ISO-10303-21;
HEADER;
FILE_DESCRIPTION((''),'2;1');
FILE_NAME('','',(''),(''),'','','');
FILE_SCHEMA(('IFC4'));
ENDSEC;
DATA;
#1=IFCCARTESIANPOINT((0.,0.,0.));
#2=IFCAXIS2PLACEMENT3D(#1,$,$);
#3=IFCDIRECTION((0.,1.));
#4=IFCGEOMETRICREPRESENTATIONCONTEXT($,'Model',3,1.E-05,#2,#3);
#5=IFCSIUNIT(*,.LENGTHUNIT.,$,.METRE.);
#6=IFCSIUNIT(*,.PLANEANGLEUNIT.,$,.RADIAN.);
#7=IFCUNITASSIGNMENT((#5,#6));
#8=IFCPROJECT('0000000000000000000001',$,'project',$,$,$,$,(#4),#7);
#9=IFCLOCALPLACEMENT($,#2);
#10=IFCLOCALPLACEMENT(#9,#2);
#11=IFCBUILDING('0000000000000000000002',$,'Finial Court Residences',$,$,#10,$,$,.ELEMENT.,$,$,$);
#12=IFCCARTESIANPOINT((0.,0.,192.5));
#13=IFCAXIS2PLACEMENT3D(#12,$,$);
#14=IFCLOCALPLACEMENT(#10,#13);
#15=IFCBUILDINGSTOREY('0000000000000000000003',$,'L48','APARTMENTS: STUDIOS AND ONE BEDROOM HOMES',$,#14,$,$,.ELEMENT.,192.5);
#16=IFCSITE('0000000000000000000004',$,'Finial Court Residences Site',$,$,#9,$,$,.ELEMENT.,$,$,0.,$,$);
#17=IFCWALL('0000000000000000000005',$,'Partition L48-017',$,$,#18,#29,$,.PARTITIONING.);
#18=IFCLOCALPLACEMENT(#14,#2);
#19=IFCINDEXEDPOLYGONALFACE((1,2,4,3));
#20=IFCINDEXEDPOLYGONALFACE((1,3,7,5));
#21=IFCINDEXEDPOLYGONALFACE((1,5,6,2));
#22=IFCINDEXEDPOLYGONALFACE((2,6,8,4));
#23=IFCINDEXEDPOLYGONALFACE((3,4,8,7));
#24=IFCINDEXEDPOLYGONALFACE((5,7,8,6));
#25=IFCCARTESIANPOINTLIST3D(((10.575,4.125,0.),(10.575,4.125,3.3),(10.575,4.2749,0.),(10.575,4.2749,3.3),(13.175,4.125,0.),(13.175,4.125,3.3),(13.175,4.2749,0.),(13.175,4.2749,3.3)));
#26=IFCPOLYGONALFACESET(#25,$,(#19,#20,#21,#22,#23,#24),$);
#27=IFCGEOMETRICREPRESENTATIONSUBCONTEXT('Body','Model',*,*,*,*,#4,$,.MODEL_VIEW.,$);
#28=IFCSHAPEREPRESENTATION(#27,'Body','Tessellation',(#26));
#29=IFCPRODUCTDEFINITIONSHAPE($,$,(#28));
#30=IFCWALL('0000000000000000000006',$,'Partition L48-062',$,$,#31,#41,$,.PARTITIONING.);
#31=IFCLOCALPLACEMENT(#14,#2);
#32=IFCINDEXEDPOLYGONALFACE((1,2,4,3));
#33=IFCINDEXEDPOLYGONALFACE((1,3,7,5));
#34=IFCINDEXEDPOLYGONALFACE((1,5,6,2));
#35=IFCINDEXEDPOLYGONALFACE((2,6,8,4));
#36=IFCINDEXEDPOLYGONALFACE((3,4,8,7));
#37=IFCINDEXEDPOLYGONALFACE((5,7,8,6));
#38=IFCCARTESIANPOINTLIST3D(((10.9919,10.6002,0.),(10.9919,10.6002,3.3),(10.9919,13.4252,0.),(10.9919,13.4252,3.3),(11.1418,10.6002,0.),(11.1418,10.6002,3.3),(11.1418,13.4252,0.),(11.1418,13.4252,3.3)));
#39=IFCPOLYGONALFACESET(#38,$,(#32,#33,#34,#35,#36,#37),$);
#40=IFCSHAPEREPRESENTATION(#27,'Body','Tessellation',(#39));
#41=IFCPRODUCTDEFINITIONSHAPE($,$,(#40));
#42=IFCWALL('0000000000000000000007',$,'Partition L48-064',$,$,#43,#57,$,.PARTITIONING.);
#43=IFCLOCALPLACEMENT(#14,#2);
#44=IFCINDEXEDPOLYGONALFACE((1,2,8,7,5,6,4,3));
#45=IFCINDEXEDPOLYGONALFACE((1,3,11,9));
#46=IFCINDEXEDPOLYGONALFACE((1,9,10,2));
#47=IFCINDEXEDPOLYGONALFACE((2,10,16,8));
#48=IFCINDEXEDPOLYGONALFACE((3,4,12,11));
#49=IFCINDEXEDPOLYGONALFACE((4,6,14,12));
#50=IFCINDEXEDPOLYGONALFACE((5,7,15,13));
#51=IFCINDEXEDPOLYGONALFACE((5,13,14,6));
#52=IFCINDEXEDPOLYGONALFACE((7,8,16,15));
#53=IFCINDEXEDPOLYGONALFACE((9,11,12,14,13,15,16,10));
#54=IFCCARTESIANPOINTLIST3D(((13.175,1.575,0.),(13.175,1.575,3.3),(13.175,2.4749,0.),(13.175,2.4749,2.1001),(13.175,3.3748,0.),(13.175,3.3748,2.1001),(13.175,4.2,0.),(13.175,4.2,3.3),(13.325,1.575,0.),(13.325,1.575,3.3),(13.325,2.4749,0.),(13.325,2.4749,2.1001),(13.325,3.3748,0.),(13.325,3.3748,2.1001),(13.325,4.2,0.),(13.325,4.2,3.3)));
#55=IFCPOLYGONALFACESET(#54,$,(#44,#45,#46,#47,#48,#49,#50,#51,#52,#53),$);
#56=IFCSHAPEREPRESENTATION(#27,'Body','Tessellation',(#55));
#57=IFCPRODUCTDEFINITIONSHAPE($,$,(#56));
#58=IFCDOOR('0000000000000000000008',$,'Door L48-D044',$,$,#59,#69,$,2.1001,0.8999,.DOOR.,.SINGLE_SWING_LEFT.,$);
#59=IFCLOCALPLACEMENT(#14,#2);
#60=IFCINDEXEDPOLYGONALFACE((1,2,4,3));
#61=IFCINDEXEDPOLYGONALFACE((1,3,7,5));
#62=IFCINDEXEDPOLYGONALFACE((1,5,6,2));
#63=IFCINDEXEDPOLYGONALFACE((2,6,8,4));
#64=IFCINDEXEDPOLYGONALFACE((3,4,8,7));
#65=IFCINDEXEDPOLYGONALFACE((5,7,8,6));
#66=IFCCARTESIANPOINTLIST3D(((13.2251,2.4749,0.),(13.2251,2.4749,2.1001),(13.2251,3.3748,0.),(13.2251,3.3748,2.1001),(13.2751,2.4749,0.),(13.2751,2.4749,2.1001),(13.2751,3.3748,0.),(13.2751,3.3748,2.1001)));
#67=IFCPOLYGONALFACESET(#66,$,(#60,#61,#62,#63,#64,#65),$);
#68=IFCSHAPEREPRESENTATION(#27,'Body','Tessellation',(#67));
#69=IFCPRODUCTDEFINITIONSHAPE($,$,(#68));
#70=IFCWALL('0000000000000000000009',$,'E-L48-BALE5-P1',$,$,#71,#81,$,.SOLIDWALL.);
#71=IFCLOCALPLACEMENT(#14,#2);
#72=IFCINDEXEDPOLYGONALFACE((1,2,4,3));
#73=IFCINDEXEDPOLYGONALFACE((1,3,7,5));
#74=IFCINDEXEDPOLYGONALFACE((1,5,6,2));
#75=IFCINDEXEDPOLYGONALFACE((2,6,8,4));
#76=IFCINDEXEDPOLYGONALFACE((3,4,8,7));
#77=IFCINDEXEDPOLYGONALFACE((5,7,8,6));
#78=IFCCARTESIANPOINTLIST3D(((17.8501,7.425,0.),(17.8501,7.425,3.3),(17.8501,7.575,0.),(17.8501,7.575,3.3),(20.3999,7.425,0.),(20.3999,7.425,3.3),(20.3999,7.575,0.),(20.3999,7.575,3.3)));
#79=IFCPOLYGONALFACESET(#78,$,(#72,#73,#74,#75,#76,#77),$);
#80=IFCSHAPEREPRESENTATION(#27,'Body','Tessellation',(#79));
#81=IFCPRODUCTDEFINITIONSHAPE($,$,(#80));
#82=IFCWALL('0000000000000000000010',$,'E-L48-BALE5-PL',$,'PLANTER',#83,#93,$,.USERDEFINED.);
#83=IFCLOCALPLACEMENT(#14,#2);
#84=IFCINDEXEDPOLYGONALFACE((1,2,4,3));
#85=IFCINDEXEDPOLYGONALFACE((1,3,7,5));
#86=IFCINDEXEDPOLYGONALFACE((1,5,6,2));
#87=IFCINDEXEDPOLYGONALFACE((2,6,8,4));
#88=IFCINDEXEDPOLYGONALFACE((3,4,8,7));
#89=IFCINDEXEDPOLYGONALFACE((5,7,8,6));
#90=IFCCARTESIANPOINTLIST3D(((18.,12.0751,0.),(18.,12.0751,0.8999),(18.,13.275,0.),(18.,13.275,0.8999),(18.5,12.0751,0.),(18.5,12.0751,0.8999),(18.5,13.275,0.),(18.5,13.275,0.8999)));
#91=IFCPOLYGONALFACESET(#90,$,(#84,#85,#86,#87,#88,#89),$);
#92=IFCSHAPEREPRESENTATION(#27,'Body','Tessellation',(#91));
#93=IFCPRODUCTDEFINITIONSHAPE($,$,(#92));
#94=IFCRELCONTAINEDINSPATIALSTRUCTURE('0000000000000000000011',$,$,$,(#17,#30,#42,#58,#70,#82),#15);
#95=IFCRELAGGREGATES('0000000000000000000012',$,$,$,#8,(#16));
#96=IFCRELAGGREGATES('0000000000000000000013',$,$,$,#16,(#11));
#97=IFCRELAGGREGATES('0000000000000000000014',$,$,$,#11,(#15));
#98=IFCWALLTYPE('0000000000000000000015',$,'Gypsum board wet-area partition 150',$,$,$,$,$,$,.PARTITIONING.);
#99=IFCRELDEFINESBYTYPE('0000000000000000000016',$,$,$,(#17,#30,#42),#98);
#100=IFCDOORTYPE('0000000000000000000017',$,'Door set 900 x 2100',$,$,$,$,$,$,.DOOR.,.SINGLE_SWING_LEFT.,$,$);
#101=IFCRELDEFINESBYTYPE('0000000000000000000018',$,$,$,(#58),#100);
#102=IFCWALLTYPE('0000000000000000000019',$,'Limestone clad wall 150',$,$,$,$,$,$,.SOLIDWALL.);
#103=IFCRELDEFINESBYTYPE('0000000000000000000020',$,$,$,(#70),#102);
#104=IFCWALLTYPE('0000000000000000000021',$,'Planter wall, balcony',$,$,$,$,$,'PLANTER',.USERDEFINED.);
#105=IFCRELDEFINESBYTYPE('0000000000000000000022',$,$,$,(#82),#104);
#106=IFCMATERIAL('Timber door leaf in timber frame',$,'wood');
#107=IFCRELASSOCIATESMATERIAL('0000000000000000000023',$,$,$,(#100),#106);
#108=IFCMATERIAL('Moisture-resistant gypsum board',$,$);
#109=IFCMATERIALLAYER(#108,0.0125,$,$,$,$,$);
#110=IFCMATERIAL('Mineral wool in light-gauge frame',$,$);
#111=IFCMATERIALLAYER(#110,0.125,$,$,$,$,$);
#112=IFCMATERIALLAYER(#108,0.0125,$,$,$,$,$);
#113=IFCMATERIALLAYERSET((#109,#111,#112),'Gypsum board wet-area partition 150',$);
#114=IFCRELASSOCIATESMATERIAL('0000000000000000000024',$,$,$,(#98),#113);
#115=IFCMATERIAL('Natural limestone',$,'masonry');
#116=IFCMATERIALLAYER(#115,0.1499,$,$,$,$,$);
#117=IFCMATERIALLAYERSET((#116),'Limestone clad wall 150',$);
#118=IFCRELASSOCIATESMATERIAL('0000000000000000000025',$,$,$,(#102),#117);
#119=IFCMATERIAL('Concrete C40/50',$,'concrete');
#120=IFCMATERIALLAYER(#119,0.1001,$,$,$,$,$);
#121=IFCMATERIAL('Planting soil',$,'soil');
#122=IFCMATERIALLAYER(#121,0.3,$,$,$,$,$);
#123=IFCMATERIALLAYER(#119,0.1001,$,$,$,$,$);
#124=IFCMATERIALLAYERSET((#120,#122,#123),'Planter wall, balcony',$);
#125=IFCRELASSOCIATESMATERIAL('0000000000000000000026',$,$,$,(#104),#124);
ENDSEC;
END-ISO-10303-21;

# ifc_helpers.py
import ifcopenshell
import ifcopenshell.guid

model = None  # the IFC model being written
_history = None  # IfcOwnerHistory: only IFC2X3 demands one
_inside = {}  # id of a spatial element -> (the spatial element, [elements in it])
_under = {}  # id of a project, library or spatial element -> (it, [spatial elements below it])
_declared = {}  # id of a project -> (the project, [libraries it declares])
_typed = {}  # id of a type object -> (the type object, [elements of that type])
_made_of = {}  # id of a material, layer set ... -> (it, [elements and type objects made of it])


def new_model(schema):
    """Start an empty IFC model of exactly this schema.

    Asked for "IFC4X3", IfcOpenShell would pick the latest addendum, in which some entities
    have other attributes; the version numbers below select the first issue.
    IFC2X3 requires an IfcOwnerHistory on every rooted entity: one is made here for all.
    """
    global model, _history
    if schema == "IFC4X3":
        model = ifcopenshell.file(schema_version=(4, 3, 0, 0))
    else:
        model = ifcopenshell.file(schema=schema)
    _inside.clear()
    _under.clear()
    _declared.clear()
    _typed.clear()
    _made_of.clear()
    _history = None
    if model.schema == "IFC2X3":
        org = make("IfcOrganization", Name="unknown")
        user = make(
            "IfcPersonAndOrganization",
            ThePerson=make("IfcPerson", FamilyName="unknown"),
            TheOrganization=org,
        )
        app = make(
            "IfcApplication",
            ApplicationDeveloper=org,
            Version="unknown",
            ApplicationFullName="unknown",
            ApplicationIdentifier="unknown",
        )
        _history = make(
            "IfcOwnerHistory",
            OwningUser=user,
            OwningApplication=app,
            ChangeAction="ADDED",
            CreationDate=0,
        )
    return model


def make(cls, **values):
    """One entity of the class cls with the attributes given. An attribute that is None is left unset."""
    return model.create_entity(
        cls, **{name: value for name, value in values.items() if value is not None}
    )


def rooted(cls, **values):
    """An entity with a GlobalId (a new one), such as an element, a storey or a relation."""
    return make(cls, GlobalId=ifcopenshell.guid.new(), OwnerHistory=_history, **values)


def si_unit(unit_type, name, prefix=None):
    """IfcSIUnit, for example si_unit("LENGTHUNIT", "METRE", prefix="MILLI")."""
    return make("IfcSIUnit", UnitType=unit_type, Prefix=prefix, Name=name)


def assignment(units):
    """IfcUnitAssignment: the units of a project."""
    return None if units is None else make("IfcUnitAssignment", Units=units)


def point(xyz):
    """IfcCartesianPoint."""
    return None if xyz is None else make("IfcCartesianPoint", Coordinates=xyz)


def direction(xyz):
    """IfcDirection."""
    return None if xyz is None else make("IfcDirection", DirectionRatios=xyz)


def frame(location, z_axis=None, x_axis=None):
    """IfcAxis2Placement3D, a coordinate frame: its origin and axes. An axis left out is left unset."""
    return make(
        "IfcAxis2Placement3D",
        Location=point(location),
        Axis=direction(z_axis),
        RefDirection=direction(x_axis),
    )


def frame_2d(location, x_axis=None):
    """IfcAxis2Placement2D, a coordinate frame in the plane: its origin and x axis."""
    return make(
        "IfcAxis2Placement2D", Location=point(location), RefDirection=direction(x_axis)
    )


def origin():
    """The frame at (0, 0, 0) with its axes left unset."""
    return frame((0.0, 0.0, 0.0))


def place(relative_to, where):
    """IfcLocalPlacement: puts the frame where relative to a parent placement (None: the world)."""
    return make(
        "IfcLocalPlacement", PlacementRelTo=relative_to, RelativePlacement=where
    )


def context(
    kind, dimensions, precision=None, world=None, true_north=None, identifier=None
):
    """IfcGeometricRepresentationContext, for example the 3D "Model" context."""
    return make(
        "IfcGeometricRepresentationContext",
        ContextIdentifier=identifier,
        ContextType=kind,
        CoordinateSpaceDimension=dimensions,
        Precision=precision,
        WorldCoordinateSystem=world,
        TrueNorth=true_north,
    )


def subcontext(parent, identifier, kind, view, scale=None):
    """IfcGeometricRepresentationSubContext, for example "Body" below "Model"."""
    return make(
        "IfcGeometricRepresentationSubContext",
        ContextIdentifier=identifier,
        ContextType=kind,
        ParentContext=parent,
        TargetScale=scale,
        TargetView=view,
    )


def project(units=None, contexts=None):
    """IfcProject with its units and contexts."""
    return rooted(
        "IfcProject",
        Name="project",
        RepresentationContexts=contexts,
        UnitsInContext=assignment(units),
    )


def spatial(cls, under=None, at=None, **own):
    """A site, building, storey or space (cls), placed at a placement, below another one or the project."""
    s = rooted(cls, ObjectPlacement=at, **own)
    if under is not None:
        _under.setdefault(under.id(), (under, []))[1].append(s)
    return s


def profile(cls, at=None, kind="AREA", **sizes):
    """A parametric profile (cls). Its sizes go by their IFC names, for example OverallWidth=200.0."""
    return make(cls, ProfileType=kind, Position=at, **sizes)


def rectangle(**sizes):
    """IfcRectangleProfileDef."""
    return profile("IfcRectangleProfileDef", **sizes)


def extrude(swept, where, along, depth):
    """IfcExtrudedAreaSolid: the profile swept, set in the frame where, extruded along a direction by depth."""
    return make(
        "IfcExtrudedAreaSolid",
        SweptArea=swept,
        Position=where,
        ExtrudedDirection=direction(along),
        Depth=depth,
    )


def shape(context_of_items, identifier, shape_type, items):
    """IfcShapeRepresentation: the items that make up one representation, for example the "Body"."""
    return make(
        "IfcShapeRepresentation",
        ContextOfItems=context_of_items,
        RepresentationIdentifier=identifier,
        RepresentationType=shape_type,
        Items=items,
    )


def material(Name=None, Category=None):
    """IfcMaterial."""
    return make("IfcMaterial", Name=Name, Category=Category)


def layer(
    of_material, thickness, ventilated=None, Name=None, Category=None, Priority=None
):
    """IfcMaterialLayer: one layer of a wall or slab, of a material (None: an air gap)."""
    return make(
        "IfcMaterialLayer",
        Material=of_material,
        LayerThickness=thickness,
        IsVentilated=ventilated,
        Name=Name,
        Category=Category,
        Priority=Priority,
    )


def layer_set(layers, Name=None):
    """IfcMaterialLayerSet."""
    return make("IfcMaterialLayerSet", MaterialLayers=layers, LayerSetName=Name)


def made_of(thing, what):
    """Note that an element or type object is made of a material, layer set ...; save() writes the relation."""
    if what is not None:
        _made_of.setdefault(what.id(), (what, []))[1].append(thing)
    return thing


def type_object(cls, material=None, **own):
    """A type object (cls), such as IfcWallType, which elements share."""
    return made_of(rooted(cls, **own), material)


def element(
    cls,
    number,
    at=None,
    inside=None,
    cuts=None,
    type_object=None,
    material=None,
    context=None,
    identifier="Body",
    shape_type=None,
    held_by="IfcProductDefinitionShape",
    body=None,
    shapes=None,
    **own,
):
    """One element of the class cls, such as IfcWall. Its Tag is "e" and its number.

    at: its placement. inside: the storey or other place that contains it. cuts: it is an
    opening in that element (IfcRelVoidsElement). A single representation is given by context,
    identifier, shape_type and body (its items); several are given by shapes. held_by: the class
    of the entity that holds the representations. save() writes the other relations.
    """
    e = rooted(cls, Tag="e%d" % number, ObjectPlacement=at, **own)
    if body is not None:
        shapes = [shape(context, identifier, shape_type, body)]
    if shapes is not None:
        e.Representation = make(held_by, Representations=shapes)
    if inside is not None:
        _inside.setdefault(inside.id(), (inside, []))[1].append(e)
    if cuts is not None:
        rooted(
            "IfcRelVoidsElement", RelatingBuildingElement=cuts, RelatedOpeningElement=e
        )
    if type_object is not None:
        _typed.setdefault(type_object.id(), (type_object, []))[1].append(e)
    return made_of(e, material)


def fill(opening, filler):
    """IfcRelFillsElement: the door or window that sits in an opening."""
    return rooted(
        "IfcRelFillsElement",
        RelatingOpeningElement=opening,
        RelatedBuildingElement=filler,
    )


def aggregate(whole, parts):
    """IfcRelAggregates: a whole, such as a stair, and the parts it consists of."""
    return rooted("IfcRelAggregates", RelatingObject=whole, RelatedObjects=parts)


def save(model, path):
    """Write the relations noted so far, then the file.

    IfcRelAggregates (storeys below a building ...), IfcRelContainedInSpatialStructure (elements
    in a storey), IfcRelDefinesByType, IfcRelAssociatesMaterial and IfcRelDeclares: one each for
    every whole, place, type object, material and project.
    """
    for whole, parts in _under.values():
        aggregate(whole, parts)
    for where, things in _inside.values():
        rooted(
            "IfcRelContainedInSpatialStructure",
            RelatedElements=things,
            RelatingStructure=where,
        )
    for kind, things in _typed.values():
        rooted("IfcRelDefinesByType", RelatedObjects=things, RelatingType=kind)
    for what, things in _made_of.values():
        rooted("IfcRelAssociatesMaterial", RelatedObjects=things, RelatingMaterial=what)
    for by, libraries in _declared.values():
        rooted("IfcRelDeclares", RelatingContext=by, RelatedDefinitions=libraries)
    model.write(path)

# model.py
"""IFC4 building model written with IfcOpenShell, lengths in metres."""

from ifc_helpers import new_model, si_unit, direction, frame, frame_2d, origin, place, context, subcontext, project, spatial, rectangle, extrude, material, layer, layer_set, type_object, element, fill, save


model = new_model("IFC4")

# Units and contexts
model_context = context("Model", 3, precision=1e-05, world=origin(), true_north=direction((0.0, 1.0)))
body_context = subcontext(model_context, "Body", "Model", "MODEL_VIEW")
ifc_project = project(units=[si_unit("LENGTHUNIT", "METRE"), si_unit("PLANEANGLEUNIT", "RADIAN")], contexts=[model_context])

# Site, building, storey
site_placement = place(None, origin())
site = spatial("IfcSite", under=ifc_project, at=site_placement, Name="Finial Court Residences Site", CompositionType="ELEMENT", RefElevation=0.0)
building_placement = place(site_placement, origin())
building = spatial("IfcBuilding", under=site, at=building_placement, Name="Finial Court Residences", CompositionType="ELEMENT")
storey_placement = place(building_placement, frame((0.0, 0.0, 192.5)))
storey = spatial("IfcBuildingStorey", under=building, at=storey_placement, Name="L48", Description="APARTMENTS: STUDIOS AND ONE BEDROOM HOMES", CompositionType="ELEMENT", Elevation=192.5)

# Shared definitions
ifc_material_1 = material(Name="Mineral wool in light-gauge frame")
ifc_material_2 = material(Name="Timber door leaf in timber frame", Category="wood")
door_type_1 = type_object("IfcDoorType", Name="Door set 900 x 2100", OperationType="SINGLE_SWING_LEFT", PredefinedType="DOOR", material=ifc_material_2)

# Walls
ifc_material_3 = material(Name="Moisture-resistant gypsum board")
ifc_layer_1 = layer(ifc_material_3, 0.0125)
ifc_layer_2 = layer(ifc_material_1, 0.125)
ifc_layer_3 = layer(ifc_material_3, 0.0125)
ifc_layer_set_1 = layer_set([ifc_layer_1, ifc_layer_2, ifc_layer_3], Name="Gypsum board wet-area partition 150")
wall_type_1 = type_object("IfcWallType", Name="Gypsum board wet-area partition 150", PredefinedType="PARTITIONING", material=ifc_layer_set_1)
wall_1_placement = place(storey_placement, frame((10.575, 4.2, 0.0), z_axis=(0.0, 0.0, 1.0), x_axis=(1.0, 0.0, 0.0)))
element("IfcWall", 1, at=wall_1_placement, inside=storey, type_object=wall_type_1, Name="Partition L48-017", PredefinedType="PARTITIONING", context=body_context, shape_type="SweptSolid", body=[
    extrude(rectangle(XDim=2.6001, YDim=0.1499, at=frame_2d((1.3, 0.0))), origin(), (0.0, 0.0, 1.0), 3.3),
])
wall_2_placement = place(storey_placement, frame((11.0669, 10.6001, 0.0), z_axis=(0.0, 0.0, 1.0), x_axis=(0.0, 1.0, 0.0)))
element("IfcWall", 2, at=wall_2_placement, inside=storey, type_object=wall_type_1, Name="Partition L48-062", PredefinedType="PARTITIONING", context=body_context, shape_type="SweptSolid", body=[
    extrude(rectangle(XDim=2.825, YDim=0.1499, at=frame_2d((1.4126, 0.0))), origin(), (0.0, 0.0, 1.0), 3.3),
])

# Wall, opening, door
wall_3_placement = place(storey_placement, frame((13.25, 1.575, 0.0), z_axis=(0.0, 0.0, 1.0), x_axis=(0.0, 1.0, 0.0)))
wall_3 = element("IfcWall", 3, at=wall_3_placement, inside=storey, type_object=wall_type_1, Name="Partition L48-064", PredefinedType="PARTITIONING", context=body_context, shape_type="SweptSolid", body=[
    extrude(rectangle(XDim=2.625, YDim=0.1499, at=frame_2d((1.3125, 0.0))), origin(), (0.0, 0.0, 1.0), 3.3),
])
opening_1_placement = place(wall_3_placement, frame((0.8999, 0.0, 0.0)))
opening_1 = element("IfcOpeningElement", 4, at=opening_1_placement, cuts=wall_3, PredefinedType="OPENING", context=body_context, shape_type="SweptSolid", body=[
    extrude(rectangle(XDim=0.8999, YDim=2.1001, at=frame_2d((0.45, 1.05))), frame((0.0, 0.085, 0.0), z_axis=(0.0, -1.0, 0.0), x_axis=(1.0, 0.0, 0.0)), (0.0, 0.0, 1.0), 0.1699),
])
door_1_placement = place(opening_1_placement, origin())
door_1 = element("IfcDoor", 5, at=door_1_placement, inside=storey, type_object=door_type_1, Name="Door L48-D044", OperationType="SINGLE_SWING_LEFT", OverallHeight=2.1001, OverallWidth=0.8999, PredefinedType="DOOR", context=body_context, shape_type="SweptSolid", body=[
    extrude(rectangle(XDim=0.8999, YDim=2.1001, at=frame_2d((0.45, 1.05))), frame((0.0, 0.0249, 0.0), z_axis=(0.0, -1.0, 0.0), x_axis=(1.0, 0.0, 0.0)), (0.0, 0.0, 1.0), 0.05),
])
fill(opening_1, door_1)

# Wall
ifc_material_4 = material(Name="Natural limestone", Category="masonry")
ifc_layer_4 = layer(ifc_material_4, 0.1499)
ifc_layer_set_2 = layer_set([ifc_layer_4], Name="Limestone clad wall 150")
wall_type_2 = type_object("IfcWallType", Name="Limestone clad wall 150", PredefinedType="SOLIDWALL", material=ifc_layer_set_2)
wall_4_placement = place(storey_placement, frame((17.8501, 7.5, 0.0), z_axis=(0.0, 0.0, 1.0), x_axis=(1.0, 0.0, 0.0)))
element("IfcWall", 6, at=wall_4_placement, inside=storey, type_object=wall_type_2, Name="E-L48-BALE5-P1", PredefinedType="SOLIDWALL", context=body_context, shape_type="SweptSolid", body=[
    extrude(rectangle(XDim=2.5498, YDim=0.1499, at=frame_2d((1.2749, 0.0))), origin(), (0.0, 0.0, 1.0), 3.3),
])

# Wall
ifc_material_5 = material(Name="Concrete C40/50", Category="concrete")
ifc_layer_5 = layer(ifc_material_5, 0.1001)
ifc_material_6 = material(Name="Planting soil", Category="soil")
ifc_layer_6 = layer(ifc_material_6, 0.3)
ifc_layer_7 = layer(ifc_material_5, 0.1001)
ifc_layer_set_3 = layer_set([ifc_layer_5, ifc_layer_6, ifc_layer_7], Name="Planter wall, balcony")
wall_type_3 = type_object("IfcWallType", Name="Planter wall, balcony", ElementType="PLANTER", PredefinedType="USERDEFINED", material=ifc_layer_set_3)
wall_5_placement = place(storey_placement, frame((18.25, 12.075, 0.0), z_axis=(0.0, 0.0, 1.0), x_axis=(0.0, 1.0, 0.0)))
element("IfcWall", 7, at=wall_5_placement, inside=storey, type_object=wall_type_3, Name="E-L48-BALE5-PL", ObjectType="PLANTER", PredefinedType="USERDEFINED", context=body_context, shape_type="SweptSolid", body=[
    extrude(rectangle(XDim=1.2, YDim=0.5, at=frame_2d((0.6001, 0.0))), origin(), (0.0, 0.0, 1.0), 0.8999),
])

save(model, "model.ifc")
